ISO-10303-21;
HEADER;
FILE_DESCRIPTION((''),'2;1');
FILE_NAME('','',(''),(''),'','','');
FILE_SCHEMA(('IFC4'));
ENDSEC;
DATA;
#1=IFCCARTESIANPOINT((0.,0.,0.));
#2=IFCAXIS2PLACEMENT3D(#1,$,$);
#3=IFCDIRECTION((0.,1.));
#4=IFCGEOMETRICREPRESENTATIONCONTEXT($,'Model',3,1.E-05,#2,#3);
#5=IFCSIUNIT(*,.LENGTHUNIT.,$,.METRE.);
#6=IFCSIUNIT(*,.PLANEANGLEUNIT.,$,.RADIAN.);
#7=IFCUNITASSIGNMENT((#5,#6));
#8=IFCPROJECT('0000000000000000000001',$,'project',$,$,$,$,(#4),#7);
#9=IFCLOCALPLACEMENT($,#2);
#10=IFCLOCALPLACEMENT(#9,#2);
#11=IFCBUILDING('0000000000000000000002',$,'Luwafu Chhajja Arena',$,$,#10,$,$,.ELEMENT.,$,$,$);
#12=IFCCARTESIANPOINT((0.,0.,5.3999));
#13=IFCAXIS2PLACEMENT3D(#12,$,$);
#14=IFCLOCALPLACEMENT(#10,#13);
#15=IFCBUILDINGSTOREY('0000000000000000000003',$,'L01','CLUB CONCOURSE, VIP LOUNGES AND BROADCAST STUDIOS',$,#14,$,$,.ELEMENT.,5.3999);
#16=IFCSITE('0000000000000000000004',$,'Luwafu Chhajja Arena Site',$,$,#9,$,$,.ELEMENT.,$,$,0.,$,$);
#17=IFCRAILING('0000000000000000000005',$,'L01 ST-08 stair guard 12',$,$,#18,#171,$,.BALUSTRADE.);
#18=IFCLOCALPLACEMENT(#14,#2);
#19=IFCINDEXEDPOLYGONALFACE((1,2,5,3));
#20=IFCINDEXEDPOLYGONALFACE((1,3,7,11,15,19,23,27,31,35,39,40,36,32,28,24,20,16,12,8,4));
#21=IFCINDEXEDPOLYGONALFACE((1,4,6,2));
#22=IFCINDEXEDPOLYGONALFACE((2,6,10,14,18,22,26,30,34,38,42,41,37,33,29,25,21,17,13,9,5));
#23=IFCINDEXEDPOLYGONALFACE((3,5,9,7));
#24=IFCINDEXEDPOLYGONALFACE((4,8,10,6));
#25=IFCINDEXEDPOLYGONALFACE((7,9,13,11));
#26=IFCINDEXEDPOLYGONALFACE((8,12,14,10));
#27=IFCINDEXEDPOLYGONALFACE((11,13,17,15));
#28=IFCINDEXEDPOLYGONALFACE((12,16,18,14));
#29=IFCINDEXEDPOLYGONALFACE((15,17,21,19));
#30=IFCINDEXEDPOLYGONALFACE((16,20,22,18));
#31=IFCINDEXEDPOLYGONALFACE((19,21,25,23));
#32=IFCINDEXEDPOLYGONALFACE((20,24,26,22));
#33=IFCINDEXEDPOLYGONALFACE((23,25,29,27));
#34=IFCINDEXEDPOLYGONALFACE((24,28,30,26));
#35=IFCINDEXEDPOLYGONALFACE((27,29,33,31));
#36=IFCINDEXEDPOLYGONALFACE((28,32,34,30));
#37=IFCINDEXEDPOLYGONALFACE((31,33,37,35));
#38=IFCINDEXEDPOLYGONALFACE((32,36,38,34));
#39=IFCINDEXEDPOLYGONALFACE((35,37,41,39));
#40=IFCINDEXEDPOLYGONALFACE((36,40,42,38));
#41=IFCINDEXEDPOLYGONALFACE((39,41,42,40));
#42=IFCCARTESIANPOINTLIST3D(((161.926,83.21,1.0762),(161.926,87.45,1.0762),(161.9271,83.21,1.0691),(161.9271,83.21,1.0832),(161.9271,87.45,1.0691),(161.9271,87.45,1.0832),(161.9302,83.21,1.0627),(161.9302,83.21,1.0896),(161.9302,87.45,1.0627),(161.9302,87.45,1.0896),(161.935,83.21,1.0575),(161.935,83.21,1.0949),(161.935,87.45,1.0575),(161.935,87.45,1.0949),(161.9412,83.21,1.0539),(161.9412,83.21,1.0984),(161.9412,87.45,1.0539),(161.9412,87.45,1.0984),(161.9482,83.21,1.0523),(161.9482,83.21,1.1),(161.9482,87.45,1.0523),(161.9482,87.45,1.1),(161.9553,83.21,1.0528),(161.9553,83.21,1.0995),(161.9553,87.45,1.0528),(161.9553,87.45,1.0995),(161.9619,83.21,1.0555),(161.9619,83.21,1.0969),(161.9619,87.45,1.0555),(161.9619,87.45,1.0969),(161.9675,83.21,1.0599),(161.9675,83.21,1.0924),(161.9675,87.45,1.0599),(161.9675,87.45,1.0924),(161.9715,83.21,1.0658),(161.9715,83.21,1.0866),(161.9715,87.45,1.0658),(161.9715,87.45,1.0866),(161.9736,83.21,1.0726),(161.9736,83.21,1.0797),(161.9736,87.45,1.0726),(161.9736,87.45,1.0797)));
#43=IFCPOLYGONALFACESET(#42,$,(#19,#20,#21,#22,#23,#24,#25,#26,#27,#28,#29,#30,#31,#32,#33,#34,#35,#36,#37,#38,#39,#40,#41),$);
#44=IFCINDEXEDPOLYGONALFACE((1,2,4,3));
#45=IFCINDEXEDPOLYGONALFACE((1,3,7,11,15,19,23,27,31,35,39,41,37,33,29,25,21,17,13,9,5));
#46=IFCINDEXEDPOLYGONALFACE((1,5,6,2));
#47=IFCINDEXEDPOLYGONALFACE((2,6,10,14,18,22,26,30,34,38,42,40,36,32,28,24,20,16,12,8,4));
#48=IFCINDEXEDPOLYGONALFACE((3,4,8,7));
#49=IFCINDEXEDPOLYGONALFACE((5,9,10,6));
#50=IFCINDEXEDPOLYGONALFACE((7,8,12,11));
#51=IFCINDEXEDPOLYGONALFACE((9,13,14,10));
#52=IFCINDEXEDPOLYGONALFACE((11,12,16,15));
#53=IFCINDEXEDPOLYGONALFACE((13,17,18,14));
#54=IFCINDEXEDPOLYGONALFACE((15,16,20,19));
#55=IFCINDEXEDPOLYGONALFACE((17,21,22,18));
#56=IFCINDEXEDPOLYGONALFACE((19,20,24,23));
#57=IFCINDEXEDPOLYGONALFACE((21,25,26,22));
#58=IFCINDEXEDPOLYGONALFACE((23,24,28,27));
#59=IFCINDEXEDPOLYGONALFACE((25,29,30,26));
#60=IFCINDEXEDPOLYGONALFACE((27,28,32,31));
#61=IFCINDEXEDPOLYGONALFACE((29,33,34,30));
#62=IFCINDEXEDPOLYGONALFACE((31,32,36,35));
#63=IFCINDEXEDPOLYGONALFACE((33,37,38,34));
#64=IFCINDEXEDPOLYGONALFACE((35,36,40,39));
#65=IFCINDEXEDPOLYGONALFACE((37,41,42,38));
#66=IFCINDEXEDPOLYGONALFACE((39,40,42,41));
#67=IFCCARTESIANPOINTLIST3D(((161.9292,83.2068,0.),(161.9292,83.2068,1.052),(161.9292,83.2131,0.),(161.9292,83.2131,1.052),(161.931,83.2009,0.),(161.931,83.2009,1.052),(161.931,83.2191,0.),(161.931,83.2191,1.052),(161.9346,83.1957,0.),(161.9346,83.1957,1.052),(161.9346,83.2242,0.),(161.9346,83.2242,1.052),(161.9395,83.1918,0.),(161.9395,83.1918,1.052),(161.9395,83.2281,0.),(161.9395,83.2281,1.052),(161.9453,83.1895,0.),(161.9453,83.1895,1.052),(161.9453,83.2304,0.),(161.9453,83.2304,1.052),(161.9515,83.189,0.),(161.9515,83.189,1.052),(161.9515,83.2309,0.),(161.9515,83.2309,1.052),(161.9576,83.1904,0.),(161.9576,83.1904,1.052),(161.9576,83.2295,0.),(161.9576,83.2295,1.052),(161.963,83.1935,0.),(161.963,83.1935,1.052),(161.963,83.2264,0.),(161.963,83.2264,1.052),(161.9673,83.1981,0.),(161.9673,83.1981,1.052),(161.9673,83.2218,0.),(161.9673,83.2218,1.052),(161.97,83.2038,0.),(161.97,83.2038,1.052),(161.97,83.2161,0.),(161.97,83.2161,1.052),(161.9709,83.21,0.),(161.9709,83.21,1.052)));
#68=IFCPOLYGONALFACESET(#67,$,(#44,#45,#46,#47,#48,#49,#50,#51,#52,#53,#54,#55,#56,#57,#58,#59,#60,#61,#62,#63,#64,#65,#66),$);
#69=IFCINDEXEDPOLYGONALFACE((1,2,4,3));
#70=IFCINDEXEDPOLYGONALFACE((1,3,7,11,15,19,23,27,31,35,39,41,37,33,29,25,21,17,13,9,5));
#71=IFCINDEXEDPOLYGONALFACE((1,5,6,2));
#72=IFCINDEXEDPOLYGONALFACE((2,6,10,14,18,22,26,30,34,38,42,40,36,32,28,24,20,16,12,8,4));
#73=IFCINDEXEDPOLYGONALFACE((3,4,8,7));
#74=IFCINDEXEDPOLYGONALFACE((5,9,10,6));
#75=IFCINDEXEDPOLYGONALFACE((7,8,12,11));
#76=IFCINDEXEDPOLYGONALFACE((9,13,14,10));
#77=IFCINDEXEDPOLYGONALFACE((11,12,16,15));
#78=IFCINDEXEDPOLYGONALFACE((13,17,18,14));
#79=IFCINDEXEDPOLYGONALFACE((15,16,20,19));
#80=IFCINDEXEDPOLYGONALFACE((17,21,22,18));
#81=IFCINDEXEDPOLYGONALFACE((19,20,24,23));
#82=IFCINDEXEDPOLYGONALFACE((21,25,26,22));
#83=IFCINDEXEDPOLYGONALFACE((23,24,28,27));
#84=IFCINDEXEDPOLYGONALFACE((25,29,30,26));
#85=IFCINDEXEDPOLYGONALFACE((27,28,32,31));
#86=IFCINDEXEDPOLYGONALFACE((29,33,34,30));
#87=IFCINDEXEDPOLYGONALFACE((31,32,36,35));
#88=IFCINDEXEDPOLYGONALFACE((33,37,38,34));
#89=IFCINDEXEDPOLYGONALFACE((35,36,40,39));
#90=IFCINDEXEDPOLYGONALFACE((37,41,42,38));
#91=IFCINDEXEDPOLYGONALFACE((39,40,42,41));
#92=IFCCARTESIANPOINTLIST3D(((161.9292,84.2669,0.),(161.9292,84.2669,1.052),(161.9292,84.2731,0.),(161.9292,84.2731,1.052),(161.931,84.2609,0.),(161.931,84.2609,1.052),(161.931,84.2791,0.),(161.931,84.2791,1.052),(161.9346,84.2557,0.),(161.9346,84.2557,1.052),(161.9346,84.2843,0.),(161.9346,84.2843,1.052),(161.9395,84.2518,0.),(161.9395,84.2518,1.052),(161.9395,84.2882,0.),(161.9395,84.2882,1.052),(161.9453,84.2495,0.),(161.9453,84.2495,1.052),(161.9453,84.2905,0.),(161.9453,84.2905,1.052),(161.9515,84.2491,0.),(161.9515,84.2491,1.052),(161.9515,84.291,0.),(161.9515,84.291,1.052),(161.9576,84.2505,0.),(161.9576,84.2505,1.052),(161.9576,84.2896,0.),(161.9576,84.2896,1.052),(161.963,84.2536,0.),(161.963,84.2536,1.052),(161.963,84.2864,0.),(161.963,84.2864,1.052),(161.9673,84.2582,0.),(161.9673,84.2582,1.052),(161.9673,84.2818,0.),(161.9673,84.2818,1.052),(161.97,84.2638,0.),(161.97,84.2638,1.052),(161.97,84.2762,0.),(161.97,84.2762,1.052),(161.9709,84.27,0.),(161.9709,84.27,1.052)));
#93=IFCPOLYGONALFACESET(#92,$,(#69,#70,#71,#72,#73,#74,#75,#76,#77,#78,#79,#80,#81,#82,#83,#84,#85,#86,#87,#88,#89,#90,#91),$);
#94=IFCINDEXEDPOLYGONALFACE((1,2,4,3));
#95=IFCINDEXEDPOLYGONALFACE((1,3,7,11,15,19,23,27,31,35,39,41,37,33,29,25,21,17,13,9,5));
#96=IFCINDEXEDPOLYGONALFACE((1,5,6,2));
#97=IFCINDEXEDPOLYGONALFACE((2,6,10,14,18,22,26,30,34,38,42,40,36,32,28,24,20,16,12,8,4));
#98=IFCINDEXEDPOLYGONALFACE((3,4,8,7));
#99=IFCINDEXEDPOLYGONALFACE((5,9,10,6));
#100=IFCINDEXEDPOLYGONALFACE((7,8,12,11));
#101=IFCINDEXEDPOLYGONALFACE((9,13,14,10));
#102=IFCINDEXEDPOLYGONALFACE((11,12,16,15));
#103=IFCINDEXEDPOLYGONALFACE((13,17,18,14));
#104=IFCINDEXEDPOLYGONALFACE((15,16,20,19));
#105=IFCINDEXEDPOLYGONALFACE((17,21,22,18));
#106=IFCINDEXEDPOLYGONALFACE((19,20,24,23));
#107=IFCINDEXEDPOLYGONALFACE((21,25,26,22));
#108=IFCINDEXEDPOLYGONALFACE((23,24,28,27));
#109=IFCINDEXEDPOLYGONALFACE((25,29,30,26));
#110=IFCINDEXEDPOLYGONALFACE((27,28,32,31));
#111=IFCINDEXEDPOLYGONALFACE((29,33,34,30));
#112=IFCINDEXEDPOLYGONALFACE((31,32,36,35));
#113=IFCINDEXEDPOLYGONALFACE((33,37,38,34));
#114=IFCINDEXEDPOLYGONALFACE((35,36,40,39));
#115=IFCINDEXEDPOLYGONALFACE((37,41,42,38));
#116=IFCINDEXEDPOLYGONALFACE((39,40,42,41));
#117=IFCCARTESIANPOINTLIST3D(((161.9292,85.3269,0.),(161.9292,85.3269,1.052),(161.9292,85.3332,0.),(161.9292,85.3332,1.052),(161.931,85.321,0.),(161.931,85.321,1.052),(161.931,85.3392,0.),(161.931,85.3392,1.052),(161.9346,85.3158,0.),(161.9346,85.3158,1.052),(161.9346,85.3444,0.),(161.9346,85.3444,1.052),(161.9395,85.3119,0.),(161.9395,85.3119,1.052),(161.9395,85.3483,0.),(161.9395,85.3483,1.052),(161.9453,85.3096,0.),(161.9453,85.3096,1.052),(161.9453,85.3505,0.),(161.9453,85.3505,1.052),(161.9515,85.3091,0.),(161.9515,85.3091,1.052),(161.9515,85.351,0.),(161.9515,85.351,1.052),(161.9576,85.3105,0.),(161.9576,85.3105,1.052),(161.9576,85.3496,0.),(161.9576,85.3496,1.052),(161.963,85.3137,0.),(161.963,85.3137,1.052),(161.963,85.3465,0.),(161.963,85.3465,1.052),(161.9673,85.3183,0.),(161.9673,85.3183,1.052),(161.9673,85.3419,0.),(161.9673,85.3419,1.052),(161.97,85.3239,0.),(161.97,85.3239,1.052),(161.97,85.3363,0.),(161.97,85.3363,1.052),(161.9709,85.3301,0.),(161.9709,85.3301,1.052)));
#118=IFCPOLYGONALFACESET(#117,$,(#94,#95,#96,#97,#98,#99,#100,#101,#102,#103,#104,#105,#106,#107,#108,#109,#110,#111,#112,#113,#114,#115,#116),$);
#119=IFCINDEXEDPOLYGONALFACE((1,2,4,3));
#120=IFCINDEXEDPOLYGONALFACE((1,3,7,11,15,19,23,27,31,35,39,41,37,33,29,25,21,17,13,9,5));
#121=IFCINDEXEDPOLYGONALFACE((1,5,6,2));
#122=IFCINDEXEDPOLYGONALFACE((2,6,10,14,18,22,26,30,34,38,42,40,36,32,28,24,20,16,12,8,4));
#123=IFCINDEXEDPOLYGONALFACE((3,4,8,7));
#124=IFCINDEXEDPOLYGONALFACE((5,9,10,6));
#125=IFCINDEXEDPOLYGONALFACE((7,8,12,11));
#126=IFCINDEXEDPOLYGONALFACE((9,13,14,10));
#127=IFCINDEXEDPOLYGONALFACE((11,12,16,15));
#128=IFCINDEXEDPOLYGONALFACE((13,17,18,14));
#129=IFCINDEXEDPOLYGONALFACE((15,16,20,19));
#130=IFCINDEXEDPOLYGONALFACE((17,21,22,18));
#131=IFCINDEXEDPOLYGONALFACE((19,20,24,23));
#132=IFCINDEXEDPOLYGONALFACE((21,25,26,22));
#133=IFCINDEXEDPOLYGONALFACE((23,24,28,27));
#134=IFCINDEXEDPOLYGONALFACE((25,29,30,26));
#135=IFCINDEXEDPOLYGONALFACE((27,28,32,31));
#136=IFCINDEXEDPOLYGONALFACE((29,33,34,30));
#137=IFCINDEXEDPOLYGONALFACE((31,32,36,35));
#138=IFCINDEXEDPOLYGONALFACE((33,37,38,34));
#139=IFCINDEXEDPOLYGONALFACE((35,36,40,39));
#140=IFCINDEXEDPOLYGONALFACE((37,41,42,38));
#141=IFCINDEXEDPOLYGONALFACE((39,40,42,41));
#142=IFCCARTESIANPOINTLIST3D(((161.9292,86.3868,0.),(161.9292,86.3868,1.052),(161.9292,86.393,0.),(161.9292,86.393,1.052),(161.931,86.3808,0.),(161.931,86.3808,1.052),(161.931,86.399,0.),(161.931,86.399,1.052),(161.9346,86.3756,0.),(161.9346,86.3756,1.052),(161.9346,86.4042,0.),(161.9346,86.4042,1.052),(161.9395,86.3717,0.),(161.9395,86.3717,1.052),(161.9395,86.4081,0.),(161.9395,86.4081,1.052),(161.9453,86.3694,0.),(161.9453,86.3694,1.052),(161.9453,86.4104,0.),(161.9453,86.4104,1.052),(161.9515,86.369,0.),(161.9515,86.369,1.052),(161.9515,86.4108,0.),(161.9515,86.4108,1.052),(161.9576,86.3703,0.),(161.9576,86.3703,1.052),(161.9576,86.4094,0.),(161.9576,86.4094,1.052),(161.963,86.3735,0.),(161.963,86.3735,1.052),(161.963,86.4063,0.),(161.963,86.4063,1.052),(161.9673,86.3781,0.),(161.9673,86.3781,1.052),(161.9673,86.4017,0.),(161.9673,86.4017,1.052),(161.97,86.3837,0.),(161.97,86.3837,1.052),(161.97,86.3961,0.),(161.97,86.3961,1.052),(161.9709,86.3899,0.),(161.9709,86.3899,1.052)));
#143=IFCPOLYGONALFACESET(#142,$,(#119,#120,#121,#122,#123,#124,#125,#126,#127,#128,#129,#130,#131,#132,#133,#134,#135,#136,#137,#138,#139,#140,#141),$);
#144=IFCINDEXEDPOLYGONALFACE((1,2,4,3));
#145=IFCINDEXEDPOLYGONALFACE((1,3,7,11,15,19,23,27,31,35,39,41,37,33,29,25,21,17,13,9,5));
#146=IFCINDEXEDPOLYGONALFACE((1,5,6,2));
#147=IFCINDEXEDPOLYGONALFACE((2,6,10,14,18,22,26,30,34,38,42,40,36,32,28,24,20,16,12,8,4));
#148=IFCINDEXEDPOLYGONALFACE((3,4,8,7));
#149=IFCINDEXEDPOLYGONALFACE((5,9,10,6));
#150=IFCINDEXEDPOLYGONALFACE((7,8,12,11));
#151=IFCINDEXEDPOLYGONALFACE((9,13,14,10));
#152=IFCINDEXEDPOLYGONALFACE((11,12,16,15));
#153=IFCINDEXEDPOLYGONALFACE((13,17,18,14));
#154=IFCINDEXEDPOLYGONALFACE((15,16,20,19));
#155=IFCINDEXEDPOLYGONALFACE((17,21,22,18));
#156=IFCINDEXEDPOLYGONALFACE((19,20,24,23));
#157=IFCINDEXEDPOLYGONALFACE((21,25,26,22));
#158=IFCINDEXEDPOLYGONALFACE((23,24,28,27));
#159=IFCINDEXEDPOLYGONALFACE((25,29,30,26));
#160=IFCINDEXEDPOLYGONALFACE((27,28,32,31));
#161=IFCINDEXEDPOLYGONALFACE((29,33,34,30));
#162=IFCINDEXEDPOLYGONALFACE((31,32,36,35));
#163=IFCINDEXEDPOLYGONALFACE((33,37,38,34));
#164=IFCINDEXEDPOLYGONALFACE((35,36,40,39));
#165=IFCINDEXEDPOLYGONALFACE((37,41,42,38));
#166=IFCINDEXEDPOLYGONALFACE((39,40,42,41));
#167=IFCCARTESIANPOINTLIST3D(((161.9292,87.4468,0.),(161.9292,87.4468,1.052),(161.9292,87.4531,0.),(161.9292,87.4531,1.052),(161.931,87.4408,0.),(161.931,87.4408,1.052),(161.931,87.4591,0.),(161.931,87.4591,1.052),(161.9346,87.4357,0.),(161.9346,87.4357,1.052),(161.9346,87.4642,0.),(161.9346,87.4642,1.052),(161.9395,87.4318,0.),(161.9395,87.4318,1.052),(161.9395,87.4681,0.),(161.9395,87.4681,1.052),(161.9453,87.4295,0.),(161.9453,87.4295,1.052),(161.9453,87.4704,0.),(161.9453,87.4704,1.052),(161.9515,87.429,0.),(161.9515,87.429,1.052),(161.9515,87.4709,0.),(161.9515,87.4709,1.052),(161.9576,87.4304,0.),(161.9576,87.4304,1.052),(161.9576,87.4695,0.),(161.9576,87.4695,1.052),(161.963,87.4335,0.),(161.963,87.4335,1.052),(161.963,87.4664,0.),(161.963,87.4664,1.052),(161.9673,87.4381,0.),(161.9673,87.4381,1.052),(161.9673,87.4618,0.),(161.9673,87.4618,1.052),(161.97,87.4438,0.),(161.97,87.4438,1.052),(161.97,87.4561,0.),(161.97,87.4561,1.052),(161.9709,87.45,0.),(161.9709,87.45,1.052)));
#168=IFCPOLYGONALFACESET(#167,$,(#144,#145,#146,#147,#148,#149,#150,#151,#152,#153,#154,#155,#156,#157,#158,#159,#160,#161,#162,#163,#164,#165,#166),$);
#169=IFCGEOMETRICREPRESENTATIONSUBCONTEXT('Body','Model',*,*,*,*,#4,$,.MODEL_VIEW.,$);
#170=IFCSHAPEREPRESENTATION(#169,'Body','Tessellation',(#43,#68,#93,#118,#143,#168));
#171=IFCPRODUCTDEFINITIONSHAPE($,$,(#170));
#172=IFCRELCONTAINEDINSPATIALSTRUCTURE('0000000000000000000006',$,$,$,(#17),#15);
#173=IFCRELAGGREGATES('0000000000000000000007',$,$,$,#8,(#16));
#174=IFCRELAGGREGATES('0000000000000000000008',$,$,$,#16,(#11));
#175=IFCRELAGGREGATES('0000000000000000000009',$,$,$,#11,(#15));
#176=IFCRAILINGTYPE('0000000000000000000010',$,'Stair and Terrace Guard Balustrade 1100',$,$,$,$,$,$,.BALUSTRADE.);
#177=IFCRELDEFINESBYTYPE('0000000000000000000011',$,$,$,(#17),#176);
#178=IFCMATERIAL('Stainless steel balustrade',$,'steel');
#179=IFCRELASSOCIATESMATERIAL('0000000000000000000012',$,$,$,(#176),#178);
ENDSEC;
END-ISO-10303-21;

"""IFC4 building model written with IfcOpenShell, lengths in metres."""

from ifc_helpers import new_model, si_unit, direction, frame, origin, origin_2d, place, context, subcontext, project, spatial, circle, extrude, material, type_object, element, save


model = new_model("IFC4")

# Units and contexts
model_context = context("Model", 3, precision=1e-05, world=origin(), true_north=direction((0.0, 1.0)))
body_context = subcontext(model_context, "Body", "Model", "MODEL_VIEW")
ifc_project = project(units=[si_unit("LENGTHUNIT", "METRE"), si_unit("PLANEANGLEUNIT", "RADIAN")], contexts=[model_context])

# Site, building, storey
site_placement = place(None, origin())
site = spatial("IfcSite", under=ifc_project, at=site_placement, Name="Luwafu Chhajja Arena Site", CompositionType="ELEMENT", RefElevation=0.0)
building_placement = place(site_placement, origin())
building = spatial("IfcBuilding", under=site, at=building_placement, Name="Luwafu Chhajja Arena", CompositionType="ELEMENT")
storey_placement = place(building_placement, frame((0.0, 0.0, 5.3999)))
storey = spatial("IfcBuildingStorey", under=building, at=storey_placement, Name="L01", Description="CLUB CONCOURSE, VIP LOUNGES AND BROADCAST STUDIOS", CompositionType="ELEMENT", Elevation=5.3999)

# Railing
ifc_material_1 = material(Name="Stainless steel balustrade", Category="steel")
railing_type_1 = type_object("IfcRailingType", Name="Stair and Terrace Guard Balustrade 1100", PredefinedType="BALUSTRADE", material=ifc_material_1)
railing_1_placement = place(storey_placement, frame((161.95, 83.21, 0.0)))
element("IfcRailing", 1, at=railing_1_placement, inside=storey, type_object=railing_type_1, Name="L01 ST-08 stair guard 12", PredefinedType="BALUSTRADE", context=body_context, shape_type="SweptSolid", body=[
    extrude(circle(Radius=0.0239, at=origin_2d()), frame((0.0, 0.0, 1.0762), z_axis=(0.0, 1.0, 0.0), x_axis=(-1.0, 0.0, 0.0)), (0.0, 0.0, 1.0), 4.24),
    extrude(circle(Radius=0.021, at=origin_2d()), origin(), (0.0, 0.0, 1.0), 1.052),
    extrude(circle(Radius=0.021, at=origin_2d()), frame((0.0, 1.0601, 0.0)), (0.0, 0.0, 1.0), 1.052),
    extrude(circle(Radius=0.021, at=origin_2d()), frame((0.0, 2.1201, 0.0)), (0.0, 0.0, 1.0), 1.052),
    extrude(circle(Radius=0.021, at=origin_2d()), frame((0.0, 3.1799, 0.0)), (0.0, 0.0, 1.0), 1.052),
    extrude(circle(Radius=0.021, at=origin_2d()), frame((0.0, 4.24, 0.0)), (0.0, 0.0, 1.0), 1.052),
])

save(model, "model.ifc")
